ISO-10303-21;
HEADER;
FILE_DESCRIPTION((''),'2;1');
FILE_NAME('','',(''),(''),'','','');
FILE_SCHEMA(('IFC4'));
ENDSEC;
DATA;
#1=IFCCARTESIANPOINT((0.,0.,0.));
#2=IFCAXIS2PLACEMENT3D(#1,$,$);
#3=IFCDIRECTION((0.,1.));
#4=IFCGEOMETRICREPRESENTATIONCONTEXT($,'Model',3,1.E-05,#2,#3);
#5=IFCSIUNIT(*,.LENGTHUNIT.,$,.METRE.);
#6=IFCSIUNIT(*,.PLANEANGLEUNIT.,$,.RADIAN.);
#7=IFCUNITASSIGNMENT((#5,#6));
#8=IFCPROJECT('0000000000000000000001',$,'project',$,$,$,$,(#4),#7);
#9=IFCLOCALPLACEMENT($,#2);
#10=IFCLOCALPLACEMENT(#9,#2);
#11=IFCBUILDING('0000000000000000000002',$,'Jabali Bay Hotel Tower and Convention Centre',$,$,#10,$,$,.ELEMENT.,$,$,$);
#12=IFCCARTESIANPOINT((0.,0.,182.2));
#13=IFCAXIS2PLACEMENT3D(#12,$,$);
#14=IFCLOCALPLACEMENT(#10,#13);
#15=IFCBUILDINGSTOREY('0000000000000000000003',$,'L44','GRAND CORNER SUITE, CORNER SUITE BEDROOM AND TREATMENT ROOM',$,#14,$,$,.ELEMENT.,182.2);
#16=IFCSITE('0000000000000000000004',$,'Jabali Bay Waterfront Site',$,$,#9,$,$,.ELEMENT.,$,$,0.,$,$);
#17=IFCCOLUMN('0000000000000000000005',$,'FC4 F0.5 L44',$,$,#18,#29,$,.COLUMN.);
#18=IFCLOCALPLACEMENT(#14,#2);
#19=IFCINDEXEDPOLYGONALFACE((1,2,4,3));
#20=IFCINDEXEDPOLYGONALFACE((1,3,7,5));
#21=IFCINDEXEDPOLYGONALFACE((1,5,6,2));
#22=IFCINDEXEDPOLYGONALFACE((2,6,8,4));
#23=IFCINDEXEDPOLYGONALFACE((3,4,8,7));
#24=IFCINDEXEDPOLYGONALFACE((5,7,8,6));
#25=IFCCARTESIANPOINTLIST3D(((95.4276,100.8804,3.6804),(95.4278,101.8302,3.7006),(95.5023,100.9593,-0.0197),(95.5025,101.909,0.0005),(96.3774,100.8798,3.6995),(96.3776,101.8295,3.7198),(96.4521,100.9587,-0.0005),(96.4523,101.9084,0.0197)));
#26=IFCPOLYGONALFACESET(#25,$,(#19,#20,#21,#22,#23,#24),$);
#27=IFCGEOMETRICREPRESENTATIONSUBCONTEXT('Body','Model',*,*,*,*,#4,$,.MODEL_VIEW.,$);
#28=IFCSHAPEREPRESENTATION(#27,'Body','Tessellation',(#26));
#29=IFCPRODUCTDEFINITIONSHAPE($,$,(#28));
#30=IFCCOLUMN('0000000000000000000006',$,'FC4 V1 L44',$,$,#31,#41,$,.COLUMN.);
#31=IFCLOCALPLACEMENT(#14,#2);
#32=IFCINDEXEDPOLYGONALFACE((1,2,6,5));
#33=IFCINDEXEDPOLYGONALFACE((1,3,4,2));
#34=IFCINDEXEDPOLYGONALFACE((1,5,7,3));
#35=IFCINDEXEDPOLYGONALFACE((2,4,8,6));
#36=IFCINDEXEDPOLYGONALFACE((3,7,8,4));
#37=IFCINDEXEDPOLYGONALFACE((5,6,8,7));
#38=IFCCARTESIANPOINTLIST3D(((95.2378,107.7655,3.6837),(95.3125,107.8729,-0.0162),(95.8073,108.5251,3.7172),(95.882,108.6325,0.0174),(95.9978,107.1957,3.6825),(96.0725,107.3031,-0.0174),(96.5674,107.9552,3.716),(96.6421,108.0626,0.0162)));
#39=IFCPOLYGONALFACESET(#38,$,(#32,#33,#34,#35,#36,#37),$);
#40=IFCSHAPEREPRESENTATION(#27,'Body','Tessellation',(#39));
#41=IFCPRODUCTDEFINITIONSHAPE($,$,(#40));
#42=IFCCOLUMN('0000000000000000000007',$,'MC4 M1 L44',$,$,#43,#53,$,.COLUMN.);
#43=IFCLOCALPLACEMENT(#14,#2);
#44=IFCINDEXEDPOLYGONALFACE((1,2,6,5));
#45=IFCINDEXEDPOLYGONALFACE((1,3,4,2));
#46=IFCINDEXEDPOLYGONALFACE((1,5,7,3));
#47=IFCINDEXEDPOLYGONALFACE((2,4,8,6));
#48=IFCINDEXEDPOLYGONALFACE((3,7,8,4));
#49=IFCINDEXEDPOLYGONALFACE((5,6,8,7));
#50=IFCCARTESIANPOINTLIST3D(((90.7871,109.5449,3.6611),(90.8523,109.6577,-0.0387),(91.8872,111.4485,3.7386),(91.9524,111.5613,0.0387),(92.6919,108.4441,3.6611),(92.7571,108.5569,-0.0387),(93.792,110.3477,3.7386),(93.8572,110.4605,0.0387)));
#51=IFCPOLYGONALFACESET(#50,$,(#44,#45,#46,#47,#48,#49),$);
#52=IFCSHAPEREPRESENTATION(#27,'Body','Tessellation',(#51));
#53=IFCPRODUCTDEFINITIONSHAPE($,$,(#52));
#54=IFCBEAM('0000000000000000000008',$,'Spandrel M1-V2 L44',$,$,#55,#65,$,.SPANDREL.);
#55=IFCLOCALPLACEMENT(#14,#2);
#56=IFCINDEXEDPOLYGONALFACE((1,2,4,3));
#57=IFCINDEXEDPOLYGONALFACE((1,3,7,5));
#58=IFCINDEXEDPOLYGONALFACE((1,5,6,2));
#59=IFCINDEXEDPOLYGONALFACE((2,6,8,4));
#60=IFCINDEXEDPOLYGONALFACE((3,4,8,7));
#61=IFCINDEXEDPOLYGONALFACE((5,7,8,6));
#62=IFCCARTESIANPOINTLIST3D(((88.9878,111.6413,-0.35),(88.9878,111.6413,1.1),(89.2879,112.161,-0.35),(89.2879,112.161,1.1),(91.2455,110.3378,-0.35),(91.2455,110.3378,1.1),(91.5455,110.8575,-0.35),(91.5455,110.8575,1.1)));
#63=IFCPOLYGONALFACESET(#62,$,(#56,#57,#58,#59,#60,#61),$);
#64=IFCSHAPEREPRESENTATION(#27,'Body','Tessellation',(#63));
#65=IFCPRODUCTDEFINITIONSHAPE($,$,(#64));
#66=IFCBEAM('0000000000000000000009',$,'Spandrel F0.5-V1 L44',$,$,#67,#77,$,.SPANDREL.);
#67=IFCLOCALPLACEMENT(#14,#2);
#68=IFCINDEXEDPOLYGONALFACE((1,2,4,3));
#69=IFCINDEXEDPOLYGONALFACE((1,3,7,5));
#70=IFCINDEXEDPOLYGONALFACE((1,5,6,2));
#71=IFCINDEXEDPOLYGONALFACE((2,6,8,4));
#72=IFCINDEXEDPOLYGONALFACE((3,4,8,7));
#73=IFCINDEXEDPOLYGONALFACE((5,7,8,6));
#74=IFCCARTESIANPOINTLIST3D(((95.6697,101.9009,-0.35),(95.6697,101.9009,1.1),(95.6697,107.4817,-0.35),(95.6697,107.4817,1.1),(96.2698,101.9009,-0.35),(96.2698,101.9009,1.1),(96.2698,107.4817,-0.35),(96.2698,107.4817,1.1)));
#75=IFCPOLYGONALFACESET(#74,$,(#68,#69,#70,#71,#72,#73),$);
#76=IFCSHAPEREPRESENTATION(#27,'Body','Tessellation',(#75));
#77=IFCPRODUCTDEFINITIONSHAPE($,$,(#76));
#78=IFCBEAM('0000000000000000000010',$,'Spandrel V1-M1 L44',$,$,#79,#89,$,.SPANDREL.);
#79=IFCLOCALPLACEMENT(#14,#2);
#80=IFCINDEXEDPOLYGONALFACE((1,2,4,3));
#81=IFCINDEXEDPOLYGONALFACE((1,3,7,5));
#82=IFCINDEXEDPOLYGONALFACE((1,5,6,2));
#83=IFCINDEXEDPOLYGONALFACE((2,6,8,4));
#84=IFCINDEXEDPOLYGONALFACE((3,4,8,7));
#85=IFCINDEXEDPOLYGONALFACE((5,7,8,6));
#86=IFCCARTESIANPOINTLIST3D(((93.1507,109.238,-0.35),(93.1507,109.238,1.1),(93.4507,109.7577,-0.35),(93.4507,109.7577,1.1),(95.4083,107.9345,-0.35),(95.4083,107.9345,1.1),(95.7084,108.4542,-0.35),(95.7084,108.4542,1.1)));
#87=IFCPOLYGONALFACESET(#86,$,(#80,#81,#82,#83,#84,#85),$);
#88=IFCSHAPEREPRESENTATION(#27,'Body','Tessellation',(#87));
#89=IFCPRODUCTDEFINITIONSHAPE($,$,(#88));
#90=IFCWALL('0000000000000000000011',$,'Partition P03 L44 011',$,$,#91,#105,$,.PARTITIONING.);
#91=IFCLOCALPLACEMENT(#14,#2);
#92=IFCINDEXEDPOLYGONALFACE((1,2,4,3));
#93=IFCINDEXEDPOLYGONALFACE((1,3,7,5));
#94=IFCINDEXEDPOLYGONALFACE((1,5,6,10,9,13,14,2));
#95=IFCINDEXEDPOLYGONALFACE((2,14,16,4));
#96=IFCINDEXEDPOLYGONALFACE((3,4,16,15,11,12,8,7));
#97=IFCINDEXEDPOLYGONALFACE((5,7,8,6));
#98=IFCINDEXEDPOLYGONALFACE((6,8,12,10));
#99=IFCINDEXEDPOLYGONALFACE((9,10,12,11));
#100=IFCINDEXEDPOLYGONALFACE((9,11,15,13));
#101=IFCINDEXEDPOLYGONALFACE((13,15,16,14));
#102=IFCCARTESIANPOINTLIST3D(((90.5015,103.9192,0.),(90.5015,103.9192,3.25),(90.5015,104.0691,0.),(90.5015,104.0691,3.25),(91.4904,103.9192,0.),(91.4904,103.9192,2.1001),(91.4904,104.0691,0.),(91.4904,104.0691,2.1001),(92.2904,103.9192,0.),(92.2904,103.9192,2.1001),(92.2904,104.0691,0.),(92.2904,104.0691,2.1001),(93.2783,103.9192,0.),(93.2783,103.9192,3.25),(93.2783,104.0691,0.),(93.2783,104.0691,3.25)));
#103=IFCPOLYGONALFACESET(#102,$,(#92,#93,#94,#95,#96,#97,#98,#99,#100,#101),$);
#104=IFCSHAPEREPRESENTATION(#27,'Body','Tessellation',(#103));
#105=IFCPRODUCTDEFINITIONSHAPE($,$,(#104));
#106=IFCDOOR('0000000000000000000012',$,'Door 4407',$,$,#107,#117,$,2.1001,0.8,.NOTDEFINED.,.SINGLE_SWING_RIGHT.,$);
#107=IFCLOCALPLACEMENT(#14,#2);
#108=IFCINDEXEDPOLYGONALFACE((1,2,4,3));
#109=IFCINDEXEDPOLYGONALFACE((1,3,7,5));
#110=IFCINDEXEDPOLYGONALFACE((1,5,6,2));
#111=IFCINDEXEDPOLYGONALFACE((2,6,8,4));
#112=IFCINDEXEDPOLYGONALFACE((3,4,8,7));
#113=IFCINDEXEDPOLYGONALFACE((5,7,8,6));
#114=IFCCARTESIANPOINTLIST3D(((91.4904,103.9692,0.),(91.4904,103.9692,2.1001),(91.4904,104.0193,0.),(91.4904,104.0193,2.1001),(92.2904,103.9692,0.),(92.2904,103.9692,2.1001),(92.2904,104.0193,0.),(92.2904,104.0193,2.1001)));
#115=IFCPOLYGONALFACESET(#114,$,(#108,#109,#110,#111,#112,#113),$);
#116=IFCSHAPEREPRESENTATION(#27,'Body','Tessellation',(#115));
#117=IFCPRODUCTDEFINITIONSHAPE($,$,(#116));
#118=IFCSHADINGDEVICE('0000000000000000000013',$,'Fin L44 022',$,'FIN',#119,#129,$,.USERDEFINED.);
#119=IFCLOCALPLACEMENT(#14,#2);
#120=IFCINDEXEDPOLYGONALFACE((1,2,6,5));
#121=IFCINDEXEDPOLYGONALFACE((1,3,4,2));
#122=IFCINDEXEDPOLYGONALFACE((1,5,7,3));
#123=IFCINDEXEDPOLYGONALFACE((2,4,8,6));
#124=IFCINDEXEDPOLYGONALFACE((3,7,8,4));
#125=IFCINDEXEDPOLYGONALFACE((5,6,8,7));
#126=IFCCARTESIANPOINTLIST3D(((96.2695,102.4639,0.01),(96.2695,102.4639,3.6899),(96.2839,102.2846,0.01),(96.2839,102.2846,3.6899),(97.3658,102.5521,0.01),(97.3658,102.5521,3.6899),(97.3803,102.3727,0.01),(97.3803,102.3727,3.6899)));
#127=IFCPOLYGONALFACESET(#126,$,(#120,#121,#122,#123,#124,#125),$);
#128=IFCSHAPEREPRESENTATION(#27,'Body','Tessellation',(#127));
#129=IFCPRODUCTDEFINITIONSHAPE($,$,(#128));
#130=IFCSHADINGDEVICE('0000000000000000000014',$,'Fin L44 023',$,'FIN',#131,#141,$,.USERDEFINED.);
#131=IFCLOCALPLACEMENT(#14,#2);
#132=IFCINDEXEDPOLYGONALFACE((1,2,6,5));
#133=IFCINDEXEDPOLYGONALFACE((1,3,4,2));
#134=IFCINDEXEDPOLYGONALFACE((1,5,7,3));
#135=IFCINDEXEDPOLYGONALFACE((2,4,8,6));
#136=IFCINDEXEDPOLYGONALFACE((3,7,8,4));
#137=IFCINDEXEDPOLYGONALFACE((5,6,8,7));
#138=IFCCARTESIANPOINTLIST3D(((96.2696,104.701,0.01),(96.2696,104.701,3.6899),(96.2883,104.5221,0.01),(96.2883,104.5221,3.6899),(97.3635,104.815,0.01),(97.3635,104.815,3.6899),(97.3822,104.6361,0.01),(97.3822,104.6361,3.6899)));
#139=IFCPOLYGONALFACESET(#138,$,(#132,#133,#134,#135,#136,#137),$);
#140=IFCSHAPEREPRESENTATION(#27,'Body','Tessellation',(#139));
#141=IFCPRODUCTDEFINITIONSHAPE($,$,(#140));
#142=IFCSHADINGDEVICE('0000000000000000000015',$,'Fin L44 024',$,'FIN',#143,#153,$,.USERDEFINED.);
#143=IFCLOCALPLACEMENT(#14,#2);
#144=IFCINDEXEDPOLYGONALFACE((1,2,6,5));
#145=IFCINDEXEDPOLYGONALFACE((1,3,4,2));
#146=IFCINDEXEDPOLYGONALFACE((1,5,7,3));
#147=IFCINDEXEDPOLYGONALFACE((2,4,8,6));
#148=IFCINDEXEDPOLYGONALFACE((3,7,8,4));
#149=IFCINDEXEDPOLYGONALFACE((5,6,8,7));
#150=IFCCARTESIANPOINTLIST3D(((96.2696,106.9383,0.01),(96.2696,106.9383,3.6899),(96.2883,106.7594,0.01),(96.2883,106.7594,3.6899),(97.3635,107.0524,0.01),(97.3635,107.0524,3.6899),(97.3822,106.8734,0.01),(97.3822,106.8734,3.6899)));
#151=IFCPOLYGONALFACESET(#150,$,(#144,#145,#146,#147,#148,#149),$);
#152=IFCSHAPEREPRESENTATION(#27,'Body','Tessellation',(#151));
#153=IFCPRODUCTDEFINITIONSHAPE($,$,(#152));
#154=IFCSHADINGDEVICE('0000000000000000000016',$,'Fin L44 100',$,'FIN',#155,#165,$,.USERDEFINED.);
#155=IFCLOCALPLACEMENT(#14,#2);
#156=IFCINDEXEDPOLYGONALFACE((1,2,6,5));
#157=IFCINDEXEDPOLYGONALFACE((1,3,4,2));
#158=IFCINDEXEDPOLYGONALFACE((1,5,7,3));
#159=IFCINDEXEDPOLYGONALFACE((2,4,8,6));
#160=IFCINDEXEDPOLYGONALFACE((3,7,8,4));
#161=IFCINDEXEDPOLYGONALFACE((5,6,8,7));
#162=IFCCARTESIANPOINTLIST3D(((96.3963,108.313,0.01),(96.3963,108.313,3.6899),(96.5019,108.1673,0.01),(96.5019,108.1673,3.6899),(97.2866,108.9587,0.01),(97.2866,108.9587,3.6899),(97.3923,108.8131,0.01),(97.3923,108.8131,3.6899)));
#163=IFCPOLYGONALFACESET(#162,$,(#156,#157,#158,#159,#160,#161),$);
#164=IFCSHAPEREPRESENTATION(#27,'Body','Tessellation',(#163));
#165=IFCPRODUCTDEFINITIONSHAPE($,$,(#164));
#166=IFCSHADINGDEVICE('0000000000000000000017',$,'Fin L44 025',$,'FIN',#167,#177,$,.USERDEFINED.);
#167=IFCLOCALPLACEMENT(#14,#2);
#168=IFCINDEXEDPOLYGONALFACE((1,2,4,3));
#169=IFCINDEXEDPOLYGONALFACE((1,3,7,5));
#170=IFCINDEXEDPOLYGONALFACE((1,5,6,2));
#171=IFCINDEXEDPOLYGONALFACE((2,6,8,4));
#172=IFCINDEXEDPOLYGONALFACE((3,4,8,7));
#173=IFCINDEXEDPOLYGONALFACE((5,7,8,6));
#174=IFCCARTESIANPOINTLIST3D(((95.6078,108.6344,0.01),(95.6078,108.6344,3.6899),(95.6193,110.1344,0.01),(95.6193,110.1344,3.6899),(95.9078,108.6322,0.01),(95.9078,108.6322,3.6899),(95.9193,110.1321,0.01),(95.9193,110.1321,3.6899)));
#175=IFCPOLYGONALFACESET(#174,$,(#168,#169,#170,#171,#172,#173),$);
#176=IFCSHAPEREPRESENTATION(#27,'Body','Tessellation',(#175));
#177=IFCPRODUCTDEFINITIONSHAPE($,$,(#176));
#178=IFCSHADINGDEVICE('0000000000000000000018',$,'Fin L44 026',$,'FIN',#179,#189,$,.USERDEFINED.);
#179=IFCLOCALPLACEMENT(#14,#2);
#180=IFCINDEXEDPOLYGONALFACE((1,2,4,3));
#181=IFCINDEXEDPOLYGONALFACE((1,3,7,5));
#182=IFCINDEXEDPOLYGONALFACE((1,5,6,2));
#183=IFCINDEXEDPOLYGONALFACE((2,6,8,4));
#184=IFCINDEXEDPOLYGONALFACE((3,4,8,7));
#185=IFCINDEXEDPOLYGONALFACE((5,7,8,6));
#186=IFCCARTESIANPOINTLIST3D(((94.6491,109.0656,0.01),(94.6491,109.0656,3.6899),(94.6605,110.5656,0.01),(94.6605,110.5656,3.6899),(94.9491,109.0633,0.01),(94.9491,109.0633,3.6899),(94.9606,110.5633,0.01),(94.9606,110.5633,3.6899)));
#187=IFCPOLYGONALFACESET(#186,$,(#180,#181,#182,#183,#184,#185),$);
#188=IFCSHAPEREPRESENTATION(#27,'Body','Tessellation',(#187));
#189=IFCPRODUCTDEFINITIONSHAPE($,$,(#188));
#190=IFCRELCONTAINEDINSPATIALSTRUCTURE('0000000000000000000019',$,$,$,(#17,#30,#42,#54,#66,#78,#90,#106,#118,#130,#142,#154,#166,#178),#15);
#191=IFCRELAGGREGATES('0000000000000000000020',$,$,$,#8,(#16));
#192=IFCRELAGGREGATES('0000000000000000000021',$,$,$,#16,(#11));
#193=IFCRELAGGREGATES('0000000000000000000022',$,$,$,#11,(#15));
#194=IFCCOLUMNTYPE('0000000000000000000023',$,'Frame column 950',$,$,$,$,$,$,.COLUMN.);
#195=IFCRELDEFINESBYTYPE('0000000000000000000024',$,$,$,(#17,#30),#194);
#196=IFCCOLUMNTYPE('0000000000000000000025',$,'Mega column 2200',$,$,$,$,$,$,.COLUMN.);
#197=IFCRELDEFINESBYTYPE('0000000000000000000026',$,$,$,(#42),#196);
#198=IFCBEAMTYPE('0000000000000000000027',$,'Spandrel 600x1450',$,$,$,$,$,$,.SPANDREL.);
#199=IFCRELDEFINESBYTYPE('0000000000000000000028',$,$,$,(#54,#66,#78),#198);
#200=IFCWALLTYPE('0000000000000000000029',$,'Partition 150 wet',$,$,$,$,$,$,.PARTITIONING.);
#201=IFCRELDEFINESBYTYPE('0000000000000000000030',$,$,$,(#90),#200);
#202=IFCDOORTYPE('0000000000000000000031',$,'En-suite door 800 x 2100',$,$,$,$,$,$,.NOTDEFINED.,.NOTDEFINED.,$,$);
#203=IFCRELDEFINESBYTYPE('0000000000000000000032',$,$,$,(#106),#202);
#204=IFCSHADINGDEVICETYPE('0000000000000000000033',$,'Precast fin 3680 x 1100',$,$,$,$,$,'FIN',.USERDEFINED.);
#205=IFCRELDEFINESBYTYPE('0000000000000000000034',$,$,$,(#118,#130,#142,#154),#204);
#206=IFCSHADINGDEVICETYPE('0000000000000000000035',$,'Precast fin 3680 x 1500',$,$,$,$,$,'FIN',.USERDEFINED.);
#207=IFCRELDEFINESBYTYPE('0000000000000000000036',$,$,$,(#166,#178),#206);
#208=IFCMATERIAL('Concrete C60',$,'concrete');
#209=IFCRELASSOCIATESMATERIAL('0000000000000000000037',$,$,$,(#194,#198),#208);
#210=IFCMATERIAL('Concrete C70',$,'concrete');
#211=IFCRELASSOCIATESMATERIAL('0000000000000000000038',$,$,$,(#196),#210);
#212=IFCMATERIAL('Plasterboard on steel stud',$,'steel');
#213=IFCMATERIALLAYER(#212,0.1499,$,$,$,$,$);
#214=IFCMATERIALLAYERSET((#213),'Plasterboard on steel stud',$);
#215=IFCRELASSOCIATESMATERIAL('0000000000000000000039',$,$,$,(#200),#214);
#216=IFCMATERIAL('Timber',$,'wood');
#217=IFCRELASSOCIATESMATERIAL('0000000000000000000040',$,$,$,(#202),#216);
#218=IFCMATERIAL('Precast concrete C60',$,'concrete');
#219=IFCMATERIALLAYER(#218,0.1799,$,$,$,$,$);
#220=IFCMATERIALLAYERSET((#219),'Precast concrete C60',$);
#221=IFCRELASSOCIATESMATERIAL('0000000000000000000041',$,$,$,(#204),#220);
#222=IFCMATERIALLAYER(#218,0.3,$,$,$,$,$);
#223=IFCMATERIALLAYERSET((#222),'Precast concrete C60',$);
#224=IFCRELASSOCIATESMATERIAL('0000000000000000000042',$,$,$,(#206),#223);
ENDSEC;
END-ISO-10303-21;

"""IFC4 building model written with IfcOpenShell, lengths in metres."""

from ifc_helpers import new_model, si_unit, direction, frame, frame_2d, origin, origin_2d, place, context, subcontext, project, spatial, rectangle, extrude, material, layer, layer_set, material_profile, profile_set, type_object, element, fill, save


model = new_model("IFC4")

# Units and contexts
model_context = context("Model", 3, precision=1e-05, world=origin(), true_north=direction((0.0, 1.0)))
body_context = subcontext(model_context, "Body", "Model", "MODEL_VIEW")
ifc_project = project(units=[si_unit("LENGTHUNIT", "METRE"), si_unit("PLANEANGLEUNIT", "RADIAN")], contexts=[model_context])

# Site, building, storey
site_placement = place(None, origin())
site = spatial("IfcSite", under=ifc_project, at=site_placement, Name="Jabali Bay Waterfront Site", CompositionType="ELEMENT", RefElevation=0.0)
building_placement = place(site_placement, origin())
building = spatial("IfcBuilding", under=site, at=building_placement, Name="Jabali Bay Hotel Tower and Convention Centre", CompositionType="ELEMENT")
storey_placement = place(building_placement, frame((0.0, 0.0, 182.2)))
storey = spatial("IfcBuildingStorey", under=building, at=storey_placement, Name="L44", Description="GRAND CORNER SUITE, CORNER SUITE BEDROOM AND TREATMENT ROOM", CompositionType="ELEMENT", Elevation=182.2)

# Columns
ifc_material_1 = material(Name="Concrete C60", Category="concrete")
ifc_material_profile_1 = material_profile(ifc_material_1, rectangle(XDim=0.95, YDim=0.95, at=origin_2d()), Name="Frame column 950")
ifc_profile_set_1 = profile_set([ifc_material_profile_1], Name="Concrete C60")
column_type_1 = type_object("IfcColumnType", Name="Frame column 950", PredefinedType="COLUMN", material=ifc_profile_set_1)
column_1_placement = place(storey_placement, frame((95.9773, 101.4338, 0.0), z_axis=(-0.020183, -0.021304, 0.999569), x_axis=(0.999796, -0.000658, 0.020173)))
element("IfcColumn", 1, at=column_1_placement, inside=storey, type_object=column_type_1, Name="FC4 F0.5 L44", PredefinedType="COLUMN", context=body_context, shape_type="SweptSolid", body=[
    extrude(rectangle(XDim=0.95, YDim=0.95, at=origin_2d()), origin(), (0.0, 0.0, 1.0), 3.7017),
])
column_2_placement = place(storey_placement, frame((95.9773, 107.9678, 0.0), z_axis=(-0.020179, -0.029015, 0.999375), x_axis=(0.599544, 0.799562, 0.03532)))
element("IfcColumn", 2, at=column_2_placement, inside=storey, type_object=column_type_1, Name="FC4 V1 L44", PredefinedType="COLUMN", context=body_context, shape_type="SweptSolid", body=[
    extrude(rectangle(XDim=0.95, YDim=0.95, at=origin_2d()), origin(), (0.0, 0.0, 1.0), 3.7021),
])
ifc_material_2 = material(Name="Concrete C70", Category="concrete")
ifc_material_profile_2 = material_profile(ifc_material_2, rectangle(XDim=2.2, YDim=2.2, at=origin_2d()), Name="Mega column 2200")
ifc_profile_set_2 = profile_set([ifc_material_profile_2], Name="Concrete C70")
column_type_2 = type_object("IfcColumnType", Name="Mega column 2200", PredefinedType="COLUMN", material=ifc_profile_set_2)
column_3_placement = place(storey_placement, frame((92.3547, 110.0591, 0.0), z_axis=(-0.017607, -0.030466, 0.999381), x_axis=(0.865811, -0.500371, 0.0)))
element("IfcColumn", 3, at=column_3_placement, inside=storey, type_object=column_type_2, Name="MC4 M1 L44", PredefinedType="COLUMN", context=body_context, shape_type="SweptSolid", body=[
    extrude(rectangle(XDim=2.2, YDim=2.2, at=origin_2d()), origin(), (0.0, 0.0, 1.0), 3.7021),
])

# Beams
ifc_material_profile_3 = material_profile(ifc_material_1, rectangle(XDim=0.6001, YDim=1.45, at=origin_2d()), Name="Spandrel 600x1450")
ifc_profile_set_3 = profile_set([ifc_material_profile_3], Name="Concrete C60")
beam_type = type_object("IfcBeamType", Name="Spandrel 600x1450", PredefinedType="SPANDREL", material=ifc_profile_set_3)
beam_1_placement = place(storey_placement, frame((91.3955, 110.5977, 0.375), z_axis=(-0.866016, 0.500017, 0.0), x_axis=(-0.500017, -0.866016, 0.0)))
element("IfcBeam", 4, at=beam_1_placement, inside=storey, type_object=beam_type, Name="Spandrel M1-V2 L44", PredefinedType="SPANDREL", context=body_context, shape_type="SweptSolid", body=[
    extrude(rectangle(XDim=0.6001, YDim=1.45, at=origin_2d()), origin(), (0.0, 0.0, 1.0), 2.6069),
])
beam_2_placement = place(storey_placement, frame((95.9697, 101.9009, 0.375), z_axis=(0.0, 1.0, 0.0), x_axis=(-1.0, 0.0, 0.0)))
element("IfcBeam", 5, at=beam_2_placement, inside=storey, type_object=beam_type, Name="Spandrel F0.5-V1 L44", PredefinedType="SPANDREL", context=body_context, shape_type="SweptSolid", body=[
    extrude(rectangle(XDim=0.6001, YDim=1.45, at=origin_2d()), origin(), (0.0, 0.0, 1.0), 5.5808),
])
beam_3_placement = place(storey_placement, frame((95.5583, 108.1943, 0.375), z_axis=(-0.866016, 0.500017, 0.0), x_axis=(-0.500017, -0.866016, 0.0)))
element("IfcBeam", 6, at=beam_3_placement, inside=storey, type_object=beam_type, Name="Spandrel V1-M1 L44", PredefinedType="SPANDREL", context=body_context, shape_type="SweptSolid", body=[
    extrude(rectangle(XDim=0.6001, YDim=1.45, at=origin_2d()), origin(), (0.0, 0.0, 1.0), 2.6069),
])

# Wall, opening, door
ifc_material_3 = material(Name="Plasterboard on steel stud", Category="steel")
ifc_layer_1 = layer(ifc_material_3, 0.1499)
ifc_layer_set_1 = layer_set([ifc_layer_1], Name="Plasterboard on steel stud")
wall_type_1 = type_object("IfcWallType", Name="Partition 150 wet", PredefinedType="PARTITIONING", material=ifc_layer_set_1)
wall_1_placement = place(storey_placement, frame((93.2783, 103.9941, 0.0), z_axis=(0.0, 0.0, 1.0), x_axis=(-1.0, 0.0, 0.0)))
wall_1 = element("IfcWall", 7, at=wall_1_placement, inside=storey, type_object=wall_type_1, Name="Partition P03 L44 011", PredefinedType="PARTITIONING", context=body_context, shape_type="SweptSolid", body=[
    extrude(rectangle(XDim=2.7769, YDim=0.1499, at=frame_2d((1.3884, 0.0))), origin(), (0.0, 0.0, 1.0), 3.25),
])
opening_1_placement = place(wall_1_placement, frame((0.988, 0.0, 0.0)))
opening_1 = element("IfcOpeningElement", 8, at=opening_1_placement, cuts=wall_1, PredefinedType="OPENING", context=body_context, shape_type="SweptSolid", body=[
    extrude(rectangle(XDim=0.8, YDim=2.1001, at=frame_2d((0.3999, 1.05))), frame((0.0, 0.0854, 0.0), z_axis=(0.0, -1.0, 0.0), x_axis=(1.0, 0.0, 0.0)), (0.0, 0.0, 1.0), 0.1709),
])
ifc_material_4 = material(Name="Timber", Category="wood")
door_type_1 = type_object("IfcDoorType", Name="En-suite door 800 x 2100", OperationType="NOTDEFINED", PredefinedType="NOTDEFINED", material=ifc_material_4)
door_1_placement = place(opening_1_placement, origin())
door_1 = element("IfcDoor", 9, at=door_1_placement, inside=storey, type_object=door_type_1, Name="Door 4407", OperationType="SINGLE_SWING_RIGHT", OverallHeight=2.1001, OverallWidth=0.8, PredefinedType="NOTDEFINED", context=body_context, shape_type="SweptSolid", body=[
    extrude(rectangle(XDim=0.8, YDim=2.1001, at=frame_2d((0.3999, 1.05))), frame((0.0, 0.0249, 0.0), z_axis=(0.0, -1.0, 0.0), x_axis=(1.0, 0.0, 0.0)), (0.0, 0.0, 1.0), 0.05),
])
fill(opening_1, door_1)

# Shading devices
ifc_material_5 = material(Name="Precast concrete C60", Category="concrete")
ifc_layer_2 = layer(ifc_material_5, 0.1799)
ifc_layer_set_2 = layer_set([ifc_layer_2], Name="Precast concrete C60")
shading_device_type_1 = type_object("IfcShadingDeviceType", Name="Precast fin 3680 x 1100", ElementType="FIN", PredefinedType="USERDEFINED", material=ifc_layer_set_2)
for number, where, z_axis, x_axis, name in (
    (10, (96.2769, 102.3743, 0.01), (0.0, 0.0, 1.0), (0.996785, 0.080125, 0.0), "Fin L44 022"),
    (11, (96.2791, 104.6116, 0.01), (0.0, 0.0, 1.0), (0.994613, 0.103656, 0.0), "Fin L44 023"),
    (12, (96.2791, 106.8489, 0.01), (0.0, 0.0, 1.0), (0.994613, 0.103656, 0.0), "Fin L44 024"),
    (13, (96.4492, 108.2402, 0.01), (0.0, 0.0, 1.0), (0.809513, 0.587102, 0.0), "Fin L44 100"),
):
    element("IfcShadingDevice", number, at=place(storey_placement, frame(where, z_axis=z_axis, x_axis=x_axis)), inside=storey, type_object=shading_device_type_1, Name=name, ObjectType="FIN", PredefinedType="USERDEFINED", context=body_context, shape_type="SweptSolid", body=[
        extrude(rectangle(XDim=1.0999, YDim=0.1799, at=frame_2d((0.5498, 0.0))), origin(), (0.0, 0.0, 1.0), 3.6799),
    ])
ifc_layer_3 = layer(ifc_material_5, 0.3)
ifc_layer_set_3 = layer_set([ifc_layer_3], Name="Precast concrete C60")
shading_device_type_2 = type_object("IfcShadingDeviceType", Name="Precast fin 3680 x 1500", ElementType="FIN", PredefinedType="USERDEFINED", material=ifc_layer_set_3)
for number, where, z_axis, x_axis, name in (
    (14, (95.7578, 108.6333, 0.01), (0.0, 0.0, 1.0), (0.00765, 0.999971, 0.0), "Fin L44 025"),
    (15, (94.7991, 109.0645, 0.01), (0.0, 0.0, 1.0), (0.00765, 0.999971, 0.0), "Fin L44 026"),
):
    element("IfcShadingDevice", number, at=place(storey_placement, frame(where, z_axis=z_axis, x_axis=x_axis)), inside=storey, type_object=shading_device_type_2, Name=name, ObjectType="FIN", PredefinedType="USERDEFINED", context=body_context, shape_type="SweptSolid", body=[
        extrude(rectangle(XDim=1.5, YDim=0.3, at=frame_2d((0.75, 0.0))), origin(), (0.0, 0.0, 1.0), 3.6799),
    ])

save(model, "model.ifc")
